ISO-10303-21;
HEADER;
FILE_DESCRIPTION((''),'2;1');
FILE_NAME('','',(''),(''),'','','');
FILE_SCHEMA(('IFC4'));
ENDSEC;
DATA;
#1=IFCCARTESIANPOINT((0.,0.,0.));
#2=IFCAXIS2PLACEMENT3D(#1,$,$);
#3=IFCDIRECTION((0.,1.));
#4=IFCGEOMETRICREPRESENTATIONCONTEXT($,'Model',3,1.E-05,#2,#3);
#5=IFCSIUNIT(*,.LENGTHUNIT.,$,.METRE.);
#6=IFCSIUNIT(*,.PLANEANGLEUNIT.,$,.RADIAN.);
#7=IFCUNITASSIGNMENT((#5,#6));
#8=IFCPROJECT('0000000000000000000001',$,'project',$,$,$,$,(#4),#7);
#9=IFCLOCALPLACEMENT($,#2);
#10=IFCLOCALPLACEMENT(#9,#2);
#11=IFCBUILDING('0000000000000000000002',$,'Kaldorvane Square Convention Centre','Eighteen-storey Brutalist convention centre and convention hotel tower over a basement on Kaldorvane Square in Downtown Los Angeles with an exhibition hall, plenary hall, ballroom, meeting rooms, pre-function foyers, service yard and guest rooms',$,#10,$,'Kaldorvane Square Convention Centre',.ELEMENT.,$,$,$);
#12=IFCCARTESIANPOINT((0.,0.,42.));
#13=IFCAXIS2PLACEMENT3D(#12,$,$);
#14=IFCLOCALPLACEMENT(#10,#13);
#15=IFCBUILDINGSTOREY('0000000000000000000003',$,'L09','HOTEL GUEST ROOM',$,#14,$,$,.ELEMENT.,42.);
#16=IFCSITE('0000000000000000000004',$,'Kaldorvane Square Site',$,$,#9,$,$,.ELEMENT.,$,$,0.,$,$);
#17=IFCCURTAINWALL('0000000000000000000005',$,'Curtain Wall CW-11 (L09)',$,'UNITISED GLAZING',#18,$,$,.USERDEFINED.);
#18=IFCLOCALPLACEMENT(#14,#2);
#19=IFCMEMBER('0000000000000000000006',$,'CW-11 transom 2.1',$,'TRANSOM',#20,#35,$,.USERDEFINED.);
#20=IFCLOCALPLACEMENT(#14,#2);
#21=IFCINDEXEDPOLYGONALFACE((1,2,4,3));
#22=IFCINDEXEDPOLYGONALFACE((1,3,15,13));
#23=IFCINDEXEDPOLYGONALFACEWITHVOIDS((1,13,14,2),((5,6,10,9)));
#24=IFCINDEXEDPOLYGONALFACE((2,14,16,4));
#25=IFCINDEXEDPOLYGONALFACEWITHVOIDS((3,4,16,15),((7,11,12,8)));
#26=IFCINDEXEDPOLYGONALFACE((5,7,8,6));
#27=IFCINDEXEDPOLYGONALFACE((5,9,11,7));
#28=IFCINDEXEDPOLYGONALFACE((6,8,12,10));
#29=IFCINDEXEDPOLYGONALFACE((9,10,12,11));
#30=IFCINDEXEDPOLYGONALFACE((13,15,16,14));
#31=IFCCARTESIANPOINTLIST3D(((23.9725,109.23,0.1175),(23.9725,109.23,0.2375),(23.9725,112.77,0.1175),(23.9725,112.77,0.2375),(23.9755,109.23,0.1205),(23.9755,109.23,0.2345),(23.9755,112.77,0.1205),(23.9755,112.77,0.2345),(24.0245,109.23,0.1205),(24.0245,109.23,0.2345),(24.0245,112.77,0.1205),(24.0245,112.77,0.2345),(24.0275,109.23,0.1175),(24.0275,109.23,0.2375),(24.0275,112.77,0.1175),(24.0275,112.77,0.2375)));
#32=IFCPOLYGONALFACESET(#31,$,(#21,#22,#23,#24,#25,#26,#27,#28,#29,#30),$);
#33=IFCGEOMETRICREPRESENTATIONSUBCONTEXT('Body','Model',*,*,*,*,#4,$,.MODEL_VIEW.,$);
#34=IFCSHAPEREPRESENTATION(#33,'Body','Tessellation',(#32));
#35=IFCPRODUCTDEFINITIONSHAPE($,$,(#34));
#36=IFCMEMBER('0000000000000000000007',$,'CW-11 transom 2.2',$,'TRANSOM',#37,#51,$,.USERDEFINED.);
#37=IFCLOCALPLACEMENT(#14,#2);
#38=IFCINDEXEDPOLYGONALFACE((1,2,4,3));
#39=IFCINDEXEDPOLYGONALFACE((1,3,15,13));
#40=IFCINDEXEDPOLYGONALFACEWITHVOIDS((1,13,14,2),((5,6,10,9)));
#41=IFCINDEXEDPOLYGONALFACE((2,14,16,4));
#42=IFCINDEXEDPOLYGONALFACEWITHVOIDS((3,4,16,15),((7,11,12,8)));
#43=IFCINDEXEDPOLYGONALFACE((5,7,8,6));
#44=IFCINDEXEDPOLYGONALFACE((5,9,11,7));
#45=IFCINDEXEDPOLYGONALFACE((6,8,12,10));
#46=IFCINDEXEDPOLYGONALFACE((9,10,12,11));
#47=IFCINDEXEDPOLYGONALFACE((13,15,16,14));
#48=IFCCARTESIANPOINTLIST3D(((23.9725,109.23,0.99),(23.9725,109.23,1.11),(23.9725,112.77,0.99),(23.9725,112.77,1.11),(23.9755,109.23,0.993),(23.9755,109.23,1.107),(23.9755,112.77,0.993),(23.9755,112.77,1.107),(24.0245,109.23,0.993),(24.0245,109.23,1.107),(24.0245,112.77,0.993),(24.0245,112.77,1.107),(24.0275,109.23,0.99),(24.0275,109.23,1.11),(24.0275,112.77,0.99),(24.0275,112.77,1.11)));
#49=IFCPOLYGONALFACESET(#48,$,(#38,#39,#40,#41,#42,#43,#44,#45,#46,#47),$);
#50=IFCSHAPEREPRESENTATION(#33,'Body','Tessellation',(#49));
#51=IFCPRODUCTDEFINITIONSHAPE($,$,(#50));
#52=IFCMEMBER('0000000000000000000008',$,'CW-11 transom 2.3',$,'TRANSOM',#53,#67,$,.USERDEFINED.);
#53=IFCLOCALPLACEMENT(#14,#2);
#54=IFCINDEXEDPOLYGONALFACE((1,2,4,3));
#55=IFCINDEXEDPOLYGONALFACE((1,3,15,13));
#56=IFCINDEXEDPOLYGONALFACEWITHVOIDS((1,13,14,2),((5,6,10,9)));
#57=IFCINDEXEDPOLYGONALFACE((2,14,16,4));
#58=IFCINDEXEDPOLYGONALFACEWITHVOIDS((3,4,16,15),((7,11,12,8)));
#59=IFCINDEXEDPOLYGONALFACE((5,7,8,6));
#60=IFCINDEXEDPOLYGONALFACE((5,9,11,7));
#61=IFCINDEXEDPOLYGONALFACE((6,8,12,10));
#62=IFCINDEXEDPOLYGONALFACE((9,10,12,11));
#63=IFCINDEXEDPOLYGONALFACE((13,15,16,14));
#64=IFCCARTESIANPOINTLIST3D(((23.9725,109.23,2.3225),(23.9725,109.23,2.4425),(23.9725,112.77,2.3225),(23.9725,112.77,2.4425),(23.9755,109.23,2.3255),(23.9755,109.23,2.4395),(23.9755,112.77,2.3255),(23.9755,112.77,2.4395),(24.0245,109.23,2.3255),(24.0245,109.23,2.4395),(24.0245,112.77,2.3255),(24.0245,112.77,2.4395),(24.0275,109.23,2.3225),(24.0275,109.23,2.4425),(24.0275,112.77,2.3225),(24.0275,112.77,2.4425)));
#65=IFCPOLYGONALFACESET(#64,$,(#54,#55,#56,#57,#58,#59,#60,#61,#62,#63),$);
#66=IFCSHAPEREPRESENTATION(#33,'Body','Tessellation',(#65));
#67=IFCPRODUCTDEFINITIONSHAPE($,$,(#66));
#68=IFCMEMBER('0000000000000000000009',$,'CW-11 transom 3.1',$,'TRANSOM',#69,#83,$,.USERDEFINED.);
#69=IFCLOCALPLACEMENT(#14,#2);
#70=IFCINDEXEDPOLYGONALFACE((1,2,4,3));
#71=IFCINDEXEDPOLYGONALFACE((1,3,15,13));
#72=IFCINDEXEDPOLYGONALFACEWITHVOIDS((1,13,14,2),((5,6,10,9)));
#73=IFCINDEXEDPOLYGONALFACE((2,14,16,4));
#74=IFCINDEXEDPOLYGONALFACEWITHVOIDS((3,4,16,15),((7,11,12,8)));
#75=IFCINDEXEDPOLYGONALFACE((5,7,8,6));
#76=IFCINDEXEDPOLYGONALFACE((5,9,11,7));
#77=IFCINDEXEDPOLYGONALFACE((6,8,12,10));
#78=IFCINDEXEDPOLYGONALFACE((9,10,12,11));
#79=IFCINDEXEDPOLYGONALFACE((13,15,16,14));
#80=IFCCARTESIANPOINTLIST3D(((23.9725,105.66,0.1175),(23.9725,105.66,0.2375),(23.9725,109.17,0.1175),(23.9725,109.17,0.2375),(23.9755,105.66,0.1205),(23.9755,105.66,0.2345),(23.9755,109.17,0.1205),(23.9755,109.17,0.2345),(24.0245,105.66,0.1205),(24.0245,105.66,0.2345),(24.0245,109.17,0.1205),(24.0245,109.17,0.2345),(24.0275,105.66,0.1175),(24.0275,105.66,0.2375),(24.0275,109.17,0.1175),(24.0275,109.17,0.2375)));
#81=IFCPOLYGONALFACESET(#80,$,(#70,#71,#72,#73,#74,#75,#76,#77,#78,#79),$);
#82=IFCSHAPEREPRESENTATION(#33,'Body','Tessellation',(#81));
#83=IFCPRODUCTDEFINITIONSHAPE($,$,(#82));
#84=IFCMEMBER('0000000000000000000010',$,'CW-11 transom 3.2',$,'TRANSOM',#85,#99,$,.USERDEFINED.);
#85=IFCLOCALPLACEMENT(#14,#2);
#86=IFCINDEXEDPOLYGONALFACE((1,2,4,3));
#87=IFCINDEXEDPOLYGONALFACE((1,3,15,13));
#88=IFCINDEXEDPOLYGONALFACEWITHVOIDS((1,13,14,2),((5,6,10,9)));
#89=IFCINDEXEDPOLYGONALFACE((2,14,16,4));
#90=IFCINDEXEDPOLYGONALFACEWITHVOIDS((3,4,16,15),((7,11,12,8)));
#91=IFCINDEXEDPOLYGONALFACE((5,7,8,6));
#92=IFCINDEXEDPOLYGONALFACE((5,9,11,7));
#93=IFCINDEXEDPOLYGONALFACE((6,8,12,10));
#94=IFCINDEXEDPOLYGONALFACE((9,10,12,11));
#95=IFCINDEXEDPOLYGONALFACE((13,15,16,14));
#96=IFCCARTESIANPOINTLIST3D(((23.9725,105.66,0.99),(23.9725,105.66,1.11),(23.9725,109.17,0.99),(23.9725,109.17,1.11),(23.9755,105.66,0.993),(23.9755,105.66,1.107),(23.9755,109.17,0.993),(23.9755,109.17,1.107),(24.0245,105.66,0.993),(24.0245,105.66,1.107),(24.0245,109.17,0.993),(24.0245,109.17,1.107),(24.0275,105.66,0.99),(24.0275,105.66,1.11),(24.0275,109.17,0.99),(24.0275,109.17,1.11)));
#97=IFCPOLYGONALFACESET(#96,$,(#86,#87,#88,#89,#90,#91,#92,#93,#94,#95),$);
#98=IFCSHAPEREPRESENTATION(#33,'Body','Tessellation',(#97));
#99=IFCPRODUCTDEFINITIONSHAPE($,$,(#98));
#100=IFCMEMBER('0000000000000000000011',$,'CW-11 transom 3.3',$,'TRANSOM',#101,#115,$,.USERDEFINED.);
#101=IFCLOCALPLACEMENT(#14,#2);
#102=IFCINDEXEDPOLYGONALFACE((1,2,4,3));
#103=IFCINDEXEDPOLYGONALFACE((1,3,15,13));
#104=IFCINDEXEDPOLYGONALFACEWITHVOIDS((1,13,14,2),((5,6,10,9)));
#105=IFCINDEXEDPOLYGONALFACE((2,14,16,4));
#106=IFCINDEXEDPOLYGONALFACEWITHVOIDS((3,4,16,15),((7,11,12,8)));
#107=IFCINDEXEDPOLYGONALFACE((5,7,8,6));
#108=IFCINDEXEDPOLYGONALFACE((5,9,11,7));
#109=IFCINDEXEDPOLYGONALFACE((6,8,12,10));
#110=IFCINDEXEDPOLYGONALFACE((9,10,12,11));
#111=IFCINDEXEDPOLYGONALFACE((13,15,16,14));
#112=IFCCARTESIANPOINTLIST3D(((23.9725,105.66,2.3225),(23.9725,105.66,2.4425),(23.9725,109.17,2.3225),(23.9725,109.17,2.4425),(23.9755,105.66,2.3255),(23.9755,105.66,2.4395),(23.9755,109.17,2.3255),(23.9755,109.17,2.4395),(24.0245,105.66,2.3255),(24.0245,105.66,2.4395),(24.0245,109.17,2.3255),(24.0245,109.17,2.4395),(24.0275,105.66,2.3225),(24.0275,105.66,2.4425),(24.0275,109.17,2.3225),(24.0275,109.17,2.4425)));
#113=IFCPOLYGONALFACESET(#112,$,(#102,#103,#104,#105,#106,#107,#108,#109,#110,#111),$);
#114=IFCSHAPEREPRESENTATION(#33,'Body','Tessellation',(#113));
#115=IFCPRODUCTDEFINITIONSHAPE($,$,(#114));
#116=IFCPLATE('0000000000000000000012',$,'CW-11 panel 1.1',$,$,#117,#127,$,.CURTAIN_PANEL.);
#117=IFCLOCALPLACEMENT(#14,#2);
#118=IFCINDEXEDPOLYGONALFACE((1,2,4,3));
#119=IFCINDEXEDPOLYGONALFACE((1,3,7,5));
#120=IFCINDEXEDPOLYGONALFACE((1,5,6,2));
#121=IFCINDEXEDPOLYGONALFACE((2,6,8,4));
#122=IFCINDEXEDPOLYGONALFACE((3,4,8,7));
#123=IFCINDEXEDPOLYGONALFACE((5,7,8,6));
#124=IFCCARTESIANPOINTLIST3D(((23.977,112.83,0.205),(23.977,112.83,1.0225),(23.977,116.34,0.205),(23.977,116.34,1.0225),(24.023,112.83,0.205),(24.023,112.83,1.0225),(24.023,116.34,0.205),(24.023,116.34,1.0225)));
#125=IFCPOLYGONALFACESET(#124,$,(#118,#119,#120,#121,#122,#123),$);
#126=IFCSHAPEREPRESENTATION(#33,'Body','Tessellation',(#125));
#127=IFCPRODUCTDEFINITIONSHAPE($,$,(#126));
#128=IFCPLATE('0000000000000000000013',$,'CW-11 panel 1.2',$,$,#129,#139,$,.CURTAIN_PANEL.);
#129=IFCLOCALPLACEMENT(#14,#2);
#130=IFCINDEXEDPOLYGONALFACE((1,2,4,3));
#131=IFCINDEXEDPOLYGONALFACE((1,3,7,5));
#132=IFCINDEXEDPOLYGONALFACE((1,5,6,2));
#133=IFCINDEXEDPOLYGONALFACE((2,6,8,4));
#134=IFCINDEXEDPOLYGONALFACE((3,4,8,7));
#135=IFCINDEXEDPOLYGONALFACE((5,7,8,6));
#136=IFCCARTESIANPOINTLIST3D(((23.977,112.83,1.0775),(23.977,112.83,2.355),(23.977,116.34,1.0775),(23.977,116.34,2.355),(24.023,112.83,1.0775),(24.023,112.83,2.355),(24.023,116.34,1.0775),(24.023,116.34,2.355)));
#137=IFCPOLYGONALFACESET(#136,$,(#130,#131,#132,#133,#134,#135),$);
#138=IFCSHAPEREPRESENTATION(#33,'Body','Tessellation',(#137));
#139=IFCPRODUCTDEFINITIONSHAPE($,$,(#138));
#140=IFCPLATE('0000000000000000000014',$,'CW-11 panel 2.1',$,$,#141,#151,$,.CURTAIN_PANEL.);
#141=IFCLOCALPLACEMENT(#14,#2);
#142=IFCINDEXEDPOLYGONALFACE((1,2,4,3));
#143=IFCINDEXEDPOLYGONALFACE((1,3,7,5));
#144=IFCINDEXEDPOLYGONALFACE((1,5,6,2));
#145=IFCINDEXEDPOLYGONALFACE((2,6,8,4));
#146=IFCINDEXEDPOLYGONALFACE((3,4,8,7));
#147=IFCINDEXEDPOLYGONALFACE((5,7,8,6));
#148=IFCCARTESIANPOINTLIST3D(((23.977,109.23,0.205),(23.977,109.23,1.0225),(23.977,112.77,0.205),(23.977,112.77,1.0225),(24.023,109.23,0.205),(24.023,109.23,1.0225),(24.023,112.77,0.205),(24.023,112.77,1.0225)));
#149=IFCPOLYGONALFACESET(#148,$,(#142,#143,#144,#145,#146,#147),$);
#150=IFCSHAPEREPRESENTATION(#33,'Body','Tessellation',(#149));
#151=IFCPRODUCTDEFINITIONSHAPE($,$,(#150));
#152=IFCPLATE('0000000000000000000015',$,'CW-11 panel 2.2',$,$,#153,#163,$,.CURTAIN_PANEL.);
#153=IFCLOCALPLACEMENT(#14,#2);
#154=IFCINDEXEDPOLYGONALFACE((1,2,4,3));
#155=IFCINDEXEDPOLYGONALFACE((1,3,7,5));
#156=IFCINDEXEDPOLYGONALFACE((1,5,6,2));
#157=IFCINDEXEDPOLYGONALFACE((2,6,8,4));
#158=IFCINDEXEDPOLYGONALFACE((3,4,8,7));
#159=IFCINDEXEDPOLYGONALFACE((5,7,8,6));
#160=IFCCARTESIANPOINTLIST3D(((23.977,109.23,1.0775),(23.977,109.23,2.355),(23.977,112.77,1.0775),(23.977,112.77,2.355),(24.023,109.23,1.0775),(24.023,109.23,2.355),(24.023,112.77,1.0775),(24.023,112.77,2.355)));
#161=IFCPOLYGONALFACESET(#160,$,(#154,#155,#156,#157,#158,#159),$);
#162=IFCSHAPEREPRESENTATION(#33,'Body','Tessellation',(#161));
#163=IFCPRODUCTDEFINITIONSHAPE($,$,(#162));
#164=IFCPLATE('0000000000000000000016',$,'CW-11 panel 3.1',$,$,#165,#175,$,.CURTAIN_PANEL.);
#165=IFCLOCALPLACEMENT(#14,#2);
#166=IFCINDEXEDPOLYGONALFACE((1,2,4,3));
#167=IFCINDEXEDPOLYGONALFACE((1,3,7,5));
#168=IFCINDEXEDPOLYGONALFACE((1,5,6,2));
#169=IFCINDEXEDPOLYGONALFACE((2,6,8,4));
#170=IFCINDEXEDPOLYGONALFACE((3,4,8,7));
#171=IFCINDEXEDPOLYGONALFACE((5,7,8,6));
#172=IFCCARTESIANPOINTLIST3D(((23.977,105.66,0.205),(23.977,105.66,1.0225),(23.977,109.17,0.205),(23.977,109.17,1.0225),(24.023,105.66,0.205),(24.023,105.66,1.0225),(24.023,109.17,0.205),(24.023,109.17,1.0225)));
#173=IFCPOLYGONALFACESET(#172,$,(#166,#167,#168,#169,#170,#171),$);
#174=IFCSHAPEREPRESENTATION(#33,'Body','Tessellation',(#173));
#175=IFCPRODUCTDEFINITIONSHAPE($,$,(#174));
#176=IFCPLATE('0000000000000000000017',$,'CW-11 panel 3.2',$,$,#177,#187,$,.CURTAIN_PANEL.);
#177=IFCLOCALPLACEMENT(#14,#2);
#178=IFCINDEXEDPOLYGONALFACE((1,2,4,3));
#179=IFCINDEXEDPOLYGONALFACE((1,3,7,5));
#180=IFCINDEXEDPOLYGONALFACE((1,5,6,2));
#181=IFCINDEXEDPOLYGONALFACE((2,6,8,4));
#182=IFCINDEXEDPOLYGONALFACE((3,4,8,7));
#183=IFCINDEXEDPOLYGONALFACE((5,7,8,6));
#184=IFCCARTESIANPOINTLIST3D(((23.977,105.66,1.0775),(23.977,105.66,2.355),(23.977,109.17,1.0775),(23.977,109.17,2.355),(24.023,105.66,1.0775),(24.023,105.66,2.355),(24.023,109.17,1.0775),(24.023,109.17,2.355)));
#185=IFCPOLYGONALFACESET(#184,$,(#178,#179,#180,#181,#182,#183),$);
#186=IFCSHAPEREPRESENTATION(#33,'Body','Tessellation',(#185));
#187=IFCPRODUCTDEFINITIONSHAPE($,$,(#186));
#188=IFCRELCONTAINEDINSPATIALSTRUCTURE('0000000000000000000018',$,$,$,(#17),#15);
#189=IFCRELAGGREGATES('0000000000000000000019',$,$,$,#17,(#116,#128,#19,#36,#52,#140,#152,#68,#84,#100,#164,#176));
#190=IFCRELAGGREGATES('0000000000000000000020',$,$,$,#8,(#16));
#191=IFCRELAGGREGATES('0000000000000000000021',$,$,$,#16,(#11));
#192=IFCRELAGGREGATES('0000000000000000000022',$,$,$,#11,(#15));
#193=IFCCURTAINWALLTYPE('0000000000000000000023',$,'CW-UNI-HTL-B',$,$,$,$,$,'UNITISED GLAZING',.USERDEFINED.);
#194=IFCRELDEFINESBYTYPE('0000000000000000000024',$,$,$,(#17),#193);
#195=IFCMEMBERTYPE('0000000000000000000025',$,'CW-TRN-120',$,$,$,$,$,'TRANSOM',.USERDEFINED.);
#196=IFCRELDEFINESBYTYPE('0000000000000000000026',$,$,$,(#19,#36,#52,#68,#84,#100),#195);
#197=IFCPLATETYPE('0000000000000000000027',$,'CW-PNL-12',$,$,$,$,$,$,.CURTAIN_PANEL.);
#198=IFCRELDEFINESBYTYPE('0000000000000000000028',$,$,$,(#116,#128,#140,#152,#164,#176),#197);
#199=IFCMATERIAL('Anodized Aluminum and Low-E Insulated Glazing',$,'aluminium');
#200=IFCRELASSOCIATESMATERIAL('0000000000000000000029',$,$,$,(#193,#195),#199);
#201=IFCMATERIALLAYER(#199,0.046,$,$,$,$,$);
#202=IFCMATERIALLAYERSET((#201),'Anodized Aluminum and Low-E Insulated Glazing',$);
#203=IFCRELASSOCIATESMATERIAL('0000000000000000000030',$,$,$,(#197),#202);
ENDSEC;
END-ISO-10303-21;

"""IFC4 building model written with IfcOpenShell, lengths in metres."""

from ifc_helpers import new_model, si_unit, direction, frame, origin, origin_2d, place, context, subcontext, project, spatial, rectangle, hollow_rectangle, extrude, material, layer, layer_set, material_profile, profile_set, type_object, element, aggregate, save


model = new_model("IFC4")

# Units and contexts
model_context = context("Model", 3, precision=1e-05, world=origin(), true_north=direction((0.0, 1.0)))
body_context = subcontext(model_context, "Body", "Model", "MODEL_VIEW")
ifc_project = project(units=[si_unit("LENGTHUNIT", "METRE"), si_unit("PLANEANGLEUNIT", "RADIAN")], contexts=[model_context])

# Site, building, storey
site_placement = place(None, origin())
site = spatial("IfcSite", under=ifc_project, at=site_placement, Name="Kaldorvane Square Site", CompositionType="ELEMENT", RefElevation=0.0)
building_placement = place(site_placement, origin())
building = spatial("IfcBuilding", under=site, at=building_placement, Name="Kaldorvane Square Convention Centre", Description="Eighteen-storey Brutalist convention centre and convention hotel tower over a basement on Kaldorvane Square in Downtown Los Angeles with an exhibition hall, plenary hall, ballroom, meeting rooms, pre-function foyers, service yard and guest rooms", LongName="Kaldorvane Square Convention Centre", CompositionType="ELEMENT")
storey_placement = place(building_placement, frame((0.0, 0.0, 42.0)))
storey = spatial("IfcBuildingStorey", under=building, at=storey_placement, Name="L09", Description="HOTEL GUEST ROOM", CompositionType="ELEMENT", Elevation=42.0)

# Curtain wall, members, plates
ifc_material_1 = material(Name="Anodized Aluminum and Low-E Insulated Glazing", Category="aluminium")
curtain_wall_type = type_object("IfcCurtainWallType", Name="CW-UNI-HTL-B", ElementType="UNITISED GLAZING", PredefinedType="USERDEFINED", material=ifc_material_1)
curtain_wall_placement = place(storey_placement, origin())
curtain_wall = element("IfcCurtainWall", 1, at=curtain_wall_placement, inside=storey, type_object=curtain_wall_type, Name="Curtain Wall CW-11 (L09)", ObjectType="UNITISED GLAZING", PredefinedType="USERDEFINED")
ifc_material_profile_1 = material_profile(ifc_material_1, hollow_rectangle(XDim=0.055, YDim=0.12, WallThickness=0.003, at=origin_2d()), Name="CWT-120X55")
ifc_profile_set_1 = profile_set([ifc_material_profile_1], Name="Anodized Aluminum and Low-E Insulated Glazing")
member_type_1 = type_object("IfcMemberType", Name="CW-TRN-120", ElementType="TRANSOM", PredefinedType="USERDEFINED", material=ifc_profile_set_1)
member_1_placement = place(storey_placement, frame((24.0, 112.77, 0.1775), z_axis=(0.0, -1.0, 0.0), x_axis=(1.0, 0.0, 0.0)))
member_1 = element("IfcMember", 2, at=member_1_placement, type_object=member_type_1, Name="CW-11 transom 2.1", ObjectType="TRANSOM", PredefinedType="USERDEFINED", context=body_context, shape_type="SweptSolid", body=[
    extrude(hollow_rectangle(XDim=0.055, YDim=0.12, WallThickness=0.003, at=origin_2d()), origin(), (0.0, 0.0, 1.0), 3.54),
])
member_2_placement = place(storey_placement, frame((24.0, 112.77, 1.05), z_axis=(0.0, -1.0, 0.0), x_axis=(1.0, 0.0, 0.0)))
member_2 = element("IfcMember", 3, at=member_2_placement, type_object=member_type_1, Name="CW-11 transom 2.2", ObjectType="TRANSOM", PredefinedType="USERDEFINED", context=body_context, shape_type="SweptSolid", body=[
    extrude(hollow_rectangle(XDim=0.055, YDim=0.12, WallThickness=0.003, at=origin_2d()), origin(), (0.0, 0.0, 1.0), 3.54),
])
member_3_placement = place(storey_placement, frame((24.0, 112.77, 2.3825), z_axis=(0.0, -1.0, 0.0), x_axis=(1.0, 0.0, 0.0)))
member_3 = element("IfcMember", 4, at=member_3_placement, type_object=member_type_1, Name="CW-11 transom 2.3", ObjectType="TRANSOM", PredefinedType="USERDEFINED", context=body_context, shape_type="SweptSolid", body=[
    extrude(hollow_rectangle(XDim=0.055, YDim=0.12, WallThickness=0.003, at=origin_2d()), origin(), (0.0, 0.0, 1.0), 3.54),
])
member_4_placement = place(storey_placement, frame((24.0, 109.17, 0.1775), z_axis=(0.0, -1.0, 0.0), x_axis=(1.0, 0.0, 0.0)))
member_4 = element("IfcMember", 5, at=member_4_placement, type_object=member_type_1, Name="CW-11 transom 3.1", ObjectType="TRANSOM", PredefinedType="USERDEFINED", context=body_context, shape_type="SweptSolid", body=[
    extrude(hollow_rectangle(XDim=0.055, YDim=0.12, WallThickness=0.003, at=origin_2d()), origin(), (0.0, 0.0, 1.0), 3.51),
])
member_5_placement = place(storey_placement, frame((24.0, 109.17, 1.05), z_axis=(0.0, -1.0, 0.0), x_axis=(1.0, 0.0, 0.0)))
member_5 = element("IfcMember", 6, at=member_5_placement, type_object=member_type_1, Name="CW-11 transom 3.2", ObjectType="TRANSOM", PredefinedType="USERDEFINED", context=body_context, shape_type="SweptSolid", body=[
    extrude(hollow_rectangle(XDim=0.055, YDim=0.12, WallThickness=0.003, at=origin_2d()), origin(), (0.0, 0.0, 1.0), 3.51),
])
member_6_placement = place(storey_placement, frame((24.0, 109.17, 2.3825), z_axis=(0.0, -1.0, 0.0), x_axis=(1.0, 0.0, 0.0)))
member_6 = element("IfcMember", 7, at=member_6_placement, type_object=member_type_1, Name="CW-11 transom 3.3", ObjectType="TRANSOM", PredefinedType="USERDEFINED", context=body_context, shape_type="SweptSolid", body=[
    extrude(hollow_rectangle(XDim=0.055, YDim=0.12, WallThickness=0.003, at=origin_2d()), origin(), (0.0, 0.0, 1.0), 3.51),
])
ifc_layer_1 = layer(ifc_material_1, 0.046)
ifc_layer_set_1 = layer_set([ifc_layer_1], Name="Anodized Aluminum and Low-E Insulated Glazing")
plate_type = type_object("IfcPlateType", Name="CW-PNL-12", PredefinedType="CURTAIN_PANEL", material=ifc_layer_set_1)
plate_1_placement = place(storey_placement, frame((24.0, 114.585, 0.205), z_axis=(0.0, 0.0, 1.0), x_axis=(0.0, -1.0, 0.0)))
plate_1 = element("IfcPlate", 8, at=plate_1_placement, type_object=plate_type, Name="CW-11 panel 1.1", PredefinedType="CURTAIN_PANEL", context=body_context, shape_type="SweptSolid", body=[
    extrude(rectangle(XDim=3.51, YDim=0.046, at=origin_2d()), origin(), (0.0, 0.0, 1.0), 0.8175),
])
plate_2_placement = place(storey_placement, frame((24.0, 114.585, 1.0775), z_axis=(0.0, 0.0, 1.0), x_axis=(0.0, -1.0, 0.0)))
plate_2 = element("IfcPlate", 9, at=plate_2_placement, type_object=plate_type, Name="CW-11 panel 1.2", PredefinedType="CURTAIN_PANEL", context=body_context, shape_type="SweptSolid", body=[
    extrude(rectangle(XDim=3.51, YDim=0.046, at=origin_2d()), origin(), (0.0, 0.0, 1.0), 1.2775),
])
plate_3_placement = place(storey_placement, frame((24.0, 111.0, 0.205), z_axis=(0.0, 0.0, 1.0), x_axis=(0.0, -1.0, 0.0)))
plate_3 = element("IfcPlate", 10, at=plate_3_placement, type_object=plate_type, Name="CW-11 panel 2.1", PredefinedType="CURTAIN_PANEL", context=body_context, shape_type="SweptSolid", body=[
    extrude(rectangle(XDim=3.54, YDim=0.046, at=origin_2d()), origin(), (0.0, 0.0, 1.0), 0.8175),
])
plate_4_placement = place(storey_placement, frame((24.0, 111.0, 1.0775), z_axis=(0.0, 0.0, 1.0), x_axis=(0.0, -1.0, 0.0)))
plate_4 = element("IfcPlate", 11, at=plate_4_placement, type_object=plate_type, Name="CW-11 panel 2.2", PredefinedType="CURTAIN_PANEL", context=body_context, shape_type="SweptSolid", body=[
    extrude(rectangle(XDim=3.54, YDim=0.046, at=origin_2d()), origin(), (0.0, 0.0, 1.0), 1.2775),
])
plate_5_placement = place(storey_placement, frame((24.0, 107.415, 0.205), z_axis=(0.0, 0.0, 1.0), x_axis=(0.0, -1.0, 0.0)))
plate_5 = element("IfcPlate", 12, at=plate_5_placement, type_object=plate_type, Name="CW-11 panel 3.1", PredefinedType="CURTAIN_PANEL", context=body_context, shape_type="SweptSolid", body=[
    extrude(rectangle(XDim=3.51, YDim=0.046, at=origin_2d()), origin(), (0.0, 0.0, 1.0), 0.8175),
])
plate_6_placement = place(storey_placement, frame((24.0, 107.415, 1.0775), z_axis=(0.0, 0.0, 1.0), x_axis=(0.0, -1.0, 0.0)))
plate_6 = element("IfcPlate", 13, at=plate_6_placement, type_object=plate_type, Name="CW-11 panel 3.2", PredefinedType="CURTAIN_PANEL", context=body_context, shape_type="SweptSolid", body=[
    extrude(rectangle(XDim=3.51, YDim=0.046, at=origin_2d()), origin(), (0.0, 0.0, 1.0), 1.2775),
])
aggregate(curtain_wall, [plate_1, plate_2, member_1, member_2, member_3, plate_3, plate_4, member_4, member_5, member_6, plate_5, plate_6])

save(model, "model.ifc")
